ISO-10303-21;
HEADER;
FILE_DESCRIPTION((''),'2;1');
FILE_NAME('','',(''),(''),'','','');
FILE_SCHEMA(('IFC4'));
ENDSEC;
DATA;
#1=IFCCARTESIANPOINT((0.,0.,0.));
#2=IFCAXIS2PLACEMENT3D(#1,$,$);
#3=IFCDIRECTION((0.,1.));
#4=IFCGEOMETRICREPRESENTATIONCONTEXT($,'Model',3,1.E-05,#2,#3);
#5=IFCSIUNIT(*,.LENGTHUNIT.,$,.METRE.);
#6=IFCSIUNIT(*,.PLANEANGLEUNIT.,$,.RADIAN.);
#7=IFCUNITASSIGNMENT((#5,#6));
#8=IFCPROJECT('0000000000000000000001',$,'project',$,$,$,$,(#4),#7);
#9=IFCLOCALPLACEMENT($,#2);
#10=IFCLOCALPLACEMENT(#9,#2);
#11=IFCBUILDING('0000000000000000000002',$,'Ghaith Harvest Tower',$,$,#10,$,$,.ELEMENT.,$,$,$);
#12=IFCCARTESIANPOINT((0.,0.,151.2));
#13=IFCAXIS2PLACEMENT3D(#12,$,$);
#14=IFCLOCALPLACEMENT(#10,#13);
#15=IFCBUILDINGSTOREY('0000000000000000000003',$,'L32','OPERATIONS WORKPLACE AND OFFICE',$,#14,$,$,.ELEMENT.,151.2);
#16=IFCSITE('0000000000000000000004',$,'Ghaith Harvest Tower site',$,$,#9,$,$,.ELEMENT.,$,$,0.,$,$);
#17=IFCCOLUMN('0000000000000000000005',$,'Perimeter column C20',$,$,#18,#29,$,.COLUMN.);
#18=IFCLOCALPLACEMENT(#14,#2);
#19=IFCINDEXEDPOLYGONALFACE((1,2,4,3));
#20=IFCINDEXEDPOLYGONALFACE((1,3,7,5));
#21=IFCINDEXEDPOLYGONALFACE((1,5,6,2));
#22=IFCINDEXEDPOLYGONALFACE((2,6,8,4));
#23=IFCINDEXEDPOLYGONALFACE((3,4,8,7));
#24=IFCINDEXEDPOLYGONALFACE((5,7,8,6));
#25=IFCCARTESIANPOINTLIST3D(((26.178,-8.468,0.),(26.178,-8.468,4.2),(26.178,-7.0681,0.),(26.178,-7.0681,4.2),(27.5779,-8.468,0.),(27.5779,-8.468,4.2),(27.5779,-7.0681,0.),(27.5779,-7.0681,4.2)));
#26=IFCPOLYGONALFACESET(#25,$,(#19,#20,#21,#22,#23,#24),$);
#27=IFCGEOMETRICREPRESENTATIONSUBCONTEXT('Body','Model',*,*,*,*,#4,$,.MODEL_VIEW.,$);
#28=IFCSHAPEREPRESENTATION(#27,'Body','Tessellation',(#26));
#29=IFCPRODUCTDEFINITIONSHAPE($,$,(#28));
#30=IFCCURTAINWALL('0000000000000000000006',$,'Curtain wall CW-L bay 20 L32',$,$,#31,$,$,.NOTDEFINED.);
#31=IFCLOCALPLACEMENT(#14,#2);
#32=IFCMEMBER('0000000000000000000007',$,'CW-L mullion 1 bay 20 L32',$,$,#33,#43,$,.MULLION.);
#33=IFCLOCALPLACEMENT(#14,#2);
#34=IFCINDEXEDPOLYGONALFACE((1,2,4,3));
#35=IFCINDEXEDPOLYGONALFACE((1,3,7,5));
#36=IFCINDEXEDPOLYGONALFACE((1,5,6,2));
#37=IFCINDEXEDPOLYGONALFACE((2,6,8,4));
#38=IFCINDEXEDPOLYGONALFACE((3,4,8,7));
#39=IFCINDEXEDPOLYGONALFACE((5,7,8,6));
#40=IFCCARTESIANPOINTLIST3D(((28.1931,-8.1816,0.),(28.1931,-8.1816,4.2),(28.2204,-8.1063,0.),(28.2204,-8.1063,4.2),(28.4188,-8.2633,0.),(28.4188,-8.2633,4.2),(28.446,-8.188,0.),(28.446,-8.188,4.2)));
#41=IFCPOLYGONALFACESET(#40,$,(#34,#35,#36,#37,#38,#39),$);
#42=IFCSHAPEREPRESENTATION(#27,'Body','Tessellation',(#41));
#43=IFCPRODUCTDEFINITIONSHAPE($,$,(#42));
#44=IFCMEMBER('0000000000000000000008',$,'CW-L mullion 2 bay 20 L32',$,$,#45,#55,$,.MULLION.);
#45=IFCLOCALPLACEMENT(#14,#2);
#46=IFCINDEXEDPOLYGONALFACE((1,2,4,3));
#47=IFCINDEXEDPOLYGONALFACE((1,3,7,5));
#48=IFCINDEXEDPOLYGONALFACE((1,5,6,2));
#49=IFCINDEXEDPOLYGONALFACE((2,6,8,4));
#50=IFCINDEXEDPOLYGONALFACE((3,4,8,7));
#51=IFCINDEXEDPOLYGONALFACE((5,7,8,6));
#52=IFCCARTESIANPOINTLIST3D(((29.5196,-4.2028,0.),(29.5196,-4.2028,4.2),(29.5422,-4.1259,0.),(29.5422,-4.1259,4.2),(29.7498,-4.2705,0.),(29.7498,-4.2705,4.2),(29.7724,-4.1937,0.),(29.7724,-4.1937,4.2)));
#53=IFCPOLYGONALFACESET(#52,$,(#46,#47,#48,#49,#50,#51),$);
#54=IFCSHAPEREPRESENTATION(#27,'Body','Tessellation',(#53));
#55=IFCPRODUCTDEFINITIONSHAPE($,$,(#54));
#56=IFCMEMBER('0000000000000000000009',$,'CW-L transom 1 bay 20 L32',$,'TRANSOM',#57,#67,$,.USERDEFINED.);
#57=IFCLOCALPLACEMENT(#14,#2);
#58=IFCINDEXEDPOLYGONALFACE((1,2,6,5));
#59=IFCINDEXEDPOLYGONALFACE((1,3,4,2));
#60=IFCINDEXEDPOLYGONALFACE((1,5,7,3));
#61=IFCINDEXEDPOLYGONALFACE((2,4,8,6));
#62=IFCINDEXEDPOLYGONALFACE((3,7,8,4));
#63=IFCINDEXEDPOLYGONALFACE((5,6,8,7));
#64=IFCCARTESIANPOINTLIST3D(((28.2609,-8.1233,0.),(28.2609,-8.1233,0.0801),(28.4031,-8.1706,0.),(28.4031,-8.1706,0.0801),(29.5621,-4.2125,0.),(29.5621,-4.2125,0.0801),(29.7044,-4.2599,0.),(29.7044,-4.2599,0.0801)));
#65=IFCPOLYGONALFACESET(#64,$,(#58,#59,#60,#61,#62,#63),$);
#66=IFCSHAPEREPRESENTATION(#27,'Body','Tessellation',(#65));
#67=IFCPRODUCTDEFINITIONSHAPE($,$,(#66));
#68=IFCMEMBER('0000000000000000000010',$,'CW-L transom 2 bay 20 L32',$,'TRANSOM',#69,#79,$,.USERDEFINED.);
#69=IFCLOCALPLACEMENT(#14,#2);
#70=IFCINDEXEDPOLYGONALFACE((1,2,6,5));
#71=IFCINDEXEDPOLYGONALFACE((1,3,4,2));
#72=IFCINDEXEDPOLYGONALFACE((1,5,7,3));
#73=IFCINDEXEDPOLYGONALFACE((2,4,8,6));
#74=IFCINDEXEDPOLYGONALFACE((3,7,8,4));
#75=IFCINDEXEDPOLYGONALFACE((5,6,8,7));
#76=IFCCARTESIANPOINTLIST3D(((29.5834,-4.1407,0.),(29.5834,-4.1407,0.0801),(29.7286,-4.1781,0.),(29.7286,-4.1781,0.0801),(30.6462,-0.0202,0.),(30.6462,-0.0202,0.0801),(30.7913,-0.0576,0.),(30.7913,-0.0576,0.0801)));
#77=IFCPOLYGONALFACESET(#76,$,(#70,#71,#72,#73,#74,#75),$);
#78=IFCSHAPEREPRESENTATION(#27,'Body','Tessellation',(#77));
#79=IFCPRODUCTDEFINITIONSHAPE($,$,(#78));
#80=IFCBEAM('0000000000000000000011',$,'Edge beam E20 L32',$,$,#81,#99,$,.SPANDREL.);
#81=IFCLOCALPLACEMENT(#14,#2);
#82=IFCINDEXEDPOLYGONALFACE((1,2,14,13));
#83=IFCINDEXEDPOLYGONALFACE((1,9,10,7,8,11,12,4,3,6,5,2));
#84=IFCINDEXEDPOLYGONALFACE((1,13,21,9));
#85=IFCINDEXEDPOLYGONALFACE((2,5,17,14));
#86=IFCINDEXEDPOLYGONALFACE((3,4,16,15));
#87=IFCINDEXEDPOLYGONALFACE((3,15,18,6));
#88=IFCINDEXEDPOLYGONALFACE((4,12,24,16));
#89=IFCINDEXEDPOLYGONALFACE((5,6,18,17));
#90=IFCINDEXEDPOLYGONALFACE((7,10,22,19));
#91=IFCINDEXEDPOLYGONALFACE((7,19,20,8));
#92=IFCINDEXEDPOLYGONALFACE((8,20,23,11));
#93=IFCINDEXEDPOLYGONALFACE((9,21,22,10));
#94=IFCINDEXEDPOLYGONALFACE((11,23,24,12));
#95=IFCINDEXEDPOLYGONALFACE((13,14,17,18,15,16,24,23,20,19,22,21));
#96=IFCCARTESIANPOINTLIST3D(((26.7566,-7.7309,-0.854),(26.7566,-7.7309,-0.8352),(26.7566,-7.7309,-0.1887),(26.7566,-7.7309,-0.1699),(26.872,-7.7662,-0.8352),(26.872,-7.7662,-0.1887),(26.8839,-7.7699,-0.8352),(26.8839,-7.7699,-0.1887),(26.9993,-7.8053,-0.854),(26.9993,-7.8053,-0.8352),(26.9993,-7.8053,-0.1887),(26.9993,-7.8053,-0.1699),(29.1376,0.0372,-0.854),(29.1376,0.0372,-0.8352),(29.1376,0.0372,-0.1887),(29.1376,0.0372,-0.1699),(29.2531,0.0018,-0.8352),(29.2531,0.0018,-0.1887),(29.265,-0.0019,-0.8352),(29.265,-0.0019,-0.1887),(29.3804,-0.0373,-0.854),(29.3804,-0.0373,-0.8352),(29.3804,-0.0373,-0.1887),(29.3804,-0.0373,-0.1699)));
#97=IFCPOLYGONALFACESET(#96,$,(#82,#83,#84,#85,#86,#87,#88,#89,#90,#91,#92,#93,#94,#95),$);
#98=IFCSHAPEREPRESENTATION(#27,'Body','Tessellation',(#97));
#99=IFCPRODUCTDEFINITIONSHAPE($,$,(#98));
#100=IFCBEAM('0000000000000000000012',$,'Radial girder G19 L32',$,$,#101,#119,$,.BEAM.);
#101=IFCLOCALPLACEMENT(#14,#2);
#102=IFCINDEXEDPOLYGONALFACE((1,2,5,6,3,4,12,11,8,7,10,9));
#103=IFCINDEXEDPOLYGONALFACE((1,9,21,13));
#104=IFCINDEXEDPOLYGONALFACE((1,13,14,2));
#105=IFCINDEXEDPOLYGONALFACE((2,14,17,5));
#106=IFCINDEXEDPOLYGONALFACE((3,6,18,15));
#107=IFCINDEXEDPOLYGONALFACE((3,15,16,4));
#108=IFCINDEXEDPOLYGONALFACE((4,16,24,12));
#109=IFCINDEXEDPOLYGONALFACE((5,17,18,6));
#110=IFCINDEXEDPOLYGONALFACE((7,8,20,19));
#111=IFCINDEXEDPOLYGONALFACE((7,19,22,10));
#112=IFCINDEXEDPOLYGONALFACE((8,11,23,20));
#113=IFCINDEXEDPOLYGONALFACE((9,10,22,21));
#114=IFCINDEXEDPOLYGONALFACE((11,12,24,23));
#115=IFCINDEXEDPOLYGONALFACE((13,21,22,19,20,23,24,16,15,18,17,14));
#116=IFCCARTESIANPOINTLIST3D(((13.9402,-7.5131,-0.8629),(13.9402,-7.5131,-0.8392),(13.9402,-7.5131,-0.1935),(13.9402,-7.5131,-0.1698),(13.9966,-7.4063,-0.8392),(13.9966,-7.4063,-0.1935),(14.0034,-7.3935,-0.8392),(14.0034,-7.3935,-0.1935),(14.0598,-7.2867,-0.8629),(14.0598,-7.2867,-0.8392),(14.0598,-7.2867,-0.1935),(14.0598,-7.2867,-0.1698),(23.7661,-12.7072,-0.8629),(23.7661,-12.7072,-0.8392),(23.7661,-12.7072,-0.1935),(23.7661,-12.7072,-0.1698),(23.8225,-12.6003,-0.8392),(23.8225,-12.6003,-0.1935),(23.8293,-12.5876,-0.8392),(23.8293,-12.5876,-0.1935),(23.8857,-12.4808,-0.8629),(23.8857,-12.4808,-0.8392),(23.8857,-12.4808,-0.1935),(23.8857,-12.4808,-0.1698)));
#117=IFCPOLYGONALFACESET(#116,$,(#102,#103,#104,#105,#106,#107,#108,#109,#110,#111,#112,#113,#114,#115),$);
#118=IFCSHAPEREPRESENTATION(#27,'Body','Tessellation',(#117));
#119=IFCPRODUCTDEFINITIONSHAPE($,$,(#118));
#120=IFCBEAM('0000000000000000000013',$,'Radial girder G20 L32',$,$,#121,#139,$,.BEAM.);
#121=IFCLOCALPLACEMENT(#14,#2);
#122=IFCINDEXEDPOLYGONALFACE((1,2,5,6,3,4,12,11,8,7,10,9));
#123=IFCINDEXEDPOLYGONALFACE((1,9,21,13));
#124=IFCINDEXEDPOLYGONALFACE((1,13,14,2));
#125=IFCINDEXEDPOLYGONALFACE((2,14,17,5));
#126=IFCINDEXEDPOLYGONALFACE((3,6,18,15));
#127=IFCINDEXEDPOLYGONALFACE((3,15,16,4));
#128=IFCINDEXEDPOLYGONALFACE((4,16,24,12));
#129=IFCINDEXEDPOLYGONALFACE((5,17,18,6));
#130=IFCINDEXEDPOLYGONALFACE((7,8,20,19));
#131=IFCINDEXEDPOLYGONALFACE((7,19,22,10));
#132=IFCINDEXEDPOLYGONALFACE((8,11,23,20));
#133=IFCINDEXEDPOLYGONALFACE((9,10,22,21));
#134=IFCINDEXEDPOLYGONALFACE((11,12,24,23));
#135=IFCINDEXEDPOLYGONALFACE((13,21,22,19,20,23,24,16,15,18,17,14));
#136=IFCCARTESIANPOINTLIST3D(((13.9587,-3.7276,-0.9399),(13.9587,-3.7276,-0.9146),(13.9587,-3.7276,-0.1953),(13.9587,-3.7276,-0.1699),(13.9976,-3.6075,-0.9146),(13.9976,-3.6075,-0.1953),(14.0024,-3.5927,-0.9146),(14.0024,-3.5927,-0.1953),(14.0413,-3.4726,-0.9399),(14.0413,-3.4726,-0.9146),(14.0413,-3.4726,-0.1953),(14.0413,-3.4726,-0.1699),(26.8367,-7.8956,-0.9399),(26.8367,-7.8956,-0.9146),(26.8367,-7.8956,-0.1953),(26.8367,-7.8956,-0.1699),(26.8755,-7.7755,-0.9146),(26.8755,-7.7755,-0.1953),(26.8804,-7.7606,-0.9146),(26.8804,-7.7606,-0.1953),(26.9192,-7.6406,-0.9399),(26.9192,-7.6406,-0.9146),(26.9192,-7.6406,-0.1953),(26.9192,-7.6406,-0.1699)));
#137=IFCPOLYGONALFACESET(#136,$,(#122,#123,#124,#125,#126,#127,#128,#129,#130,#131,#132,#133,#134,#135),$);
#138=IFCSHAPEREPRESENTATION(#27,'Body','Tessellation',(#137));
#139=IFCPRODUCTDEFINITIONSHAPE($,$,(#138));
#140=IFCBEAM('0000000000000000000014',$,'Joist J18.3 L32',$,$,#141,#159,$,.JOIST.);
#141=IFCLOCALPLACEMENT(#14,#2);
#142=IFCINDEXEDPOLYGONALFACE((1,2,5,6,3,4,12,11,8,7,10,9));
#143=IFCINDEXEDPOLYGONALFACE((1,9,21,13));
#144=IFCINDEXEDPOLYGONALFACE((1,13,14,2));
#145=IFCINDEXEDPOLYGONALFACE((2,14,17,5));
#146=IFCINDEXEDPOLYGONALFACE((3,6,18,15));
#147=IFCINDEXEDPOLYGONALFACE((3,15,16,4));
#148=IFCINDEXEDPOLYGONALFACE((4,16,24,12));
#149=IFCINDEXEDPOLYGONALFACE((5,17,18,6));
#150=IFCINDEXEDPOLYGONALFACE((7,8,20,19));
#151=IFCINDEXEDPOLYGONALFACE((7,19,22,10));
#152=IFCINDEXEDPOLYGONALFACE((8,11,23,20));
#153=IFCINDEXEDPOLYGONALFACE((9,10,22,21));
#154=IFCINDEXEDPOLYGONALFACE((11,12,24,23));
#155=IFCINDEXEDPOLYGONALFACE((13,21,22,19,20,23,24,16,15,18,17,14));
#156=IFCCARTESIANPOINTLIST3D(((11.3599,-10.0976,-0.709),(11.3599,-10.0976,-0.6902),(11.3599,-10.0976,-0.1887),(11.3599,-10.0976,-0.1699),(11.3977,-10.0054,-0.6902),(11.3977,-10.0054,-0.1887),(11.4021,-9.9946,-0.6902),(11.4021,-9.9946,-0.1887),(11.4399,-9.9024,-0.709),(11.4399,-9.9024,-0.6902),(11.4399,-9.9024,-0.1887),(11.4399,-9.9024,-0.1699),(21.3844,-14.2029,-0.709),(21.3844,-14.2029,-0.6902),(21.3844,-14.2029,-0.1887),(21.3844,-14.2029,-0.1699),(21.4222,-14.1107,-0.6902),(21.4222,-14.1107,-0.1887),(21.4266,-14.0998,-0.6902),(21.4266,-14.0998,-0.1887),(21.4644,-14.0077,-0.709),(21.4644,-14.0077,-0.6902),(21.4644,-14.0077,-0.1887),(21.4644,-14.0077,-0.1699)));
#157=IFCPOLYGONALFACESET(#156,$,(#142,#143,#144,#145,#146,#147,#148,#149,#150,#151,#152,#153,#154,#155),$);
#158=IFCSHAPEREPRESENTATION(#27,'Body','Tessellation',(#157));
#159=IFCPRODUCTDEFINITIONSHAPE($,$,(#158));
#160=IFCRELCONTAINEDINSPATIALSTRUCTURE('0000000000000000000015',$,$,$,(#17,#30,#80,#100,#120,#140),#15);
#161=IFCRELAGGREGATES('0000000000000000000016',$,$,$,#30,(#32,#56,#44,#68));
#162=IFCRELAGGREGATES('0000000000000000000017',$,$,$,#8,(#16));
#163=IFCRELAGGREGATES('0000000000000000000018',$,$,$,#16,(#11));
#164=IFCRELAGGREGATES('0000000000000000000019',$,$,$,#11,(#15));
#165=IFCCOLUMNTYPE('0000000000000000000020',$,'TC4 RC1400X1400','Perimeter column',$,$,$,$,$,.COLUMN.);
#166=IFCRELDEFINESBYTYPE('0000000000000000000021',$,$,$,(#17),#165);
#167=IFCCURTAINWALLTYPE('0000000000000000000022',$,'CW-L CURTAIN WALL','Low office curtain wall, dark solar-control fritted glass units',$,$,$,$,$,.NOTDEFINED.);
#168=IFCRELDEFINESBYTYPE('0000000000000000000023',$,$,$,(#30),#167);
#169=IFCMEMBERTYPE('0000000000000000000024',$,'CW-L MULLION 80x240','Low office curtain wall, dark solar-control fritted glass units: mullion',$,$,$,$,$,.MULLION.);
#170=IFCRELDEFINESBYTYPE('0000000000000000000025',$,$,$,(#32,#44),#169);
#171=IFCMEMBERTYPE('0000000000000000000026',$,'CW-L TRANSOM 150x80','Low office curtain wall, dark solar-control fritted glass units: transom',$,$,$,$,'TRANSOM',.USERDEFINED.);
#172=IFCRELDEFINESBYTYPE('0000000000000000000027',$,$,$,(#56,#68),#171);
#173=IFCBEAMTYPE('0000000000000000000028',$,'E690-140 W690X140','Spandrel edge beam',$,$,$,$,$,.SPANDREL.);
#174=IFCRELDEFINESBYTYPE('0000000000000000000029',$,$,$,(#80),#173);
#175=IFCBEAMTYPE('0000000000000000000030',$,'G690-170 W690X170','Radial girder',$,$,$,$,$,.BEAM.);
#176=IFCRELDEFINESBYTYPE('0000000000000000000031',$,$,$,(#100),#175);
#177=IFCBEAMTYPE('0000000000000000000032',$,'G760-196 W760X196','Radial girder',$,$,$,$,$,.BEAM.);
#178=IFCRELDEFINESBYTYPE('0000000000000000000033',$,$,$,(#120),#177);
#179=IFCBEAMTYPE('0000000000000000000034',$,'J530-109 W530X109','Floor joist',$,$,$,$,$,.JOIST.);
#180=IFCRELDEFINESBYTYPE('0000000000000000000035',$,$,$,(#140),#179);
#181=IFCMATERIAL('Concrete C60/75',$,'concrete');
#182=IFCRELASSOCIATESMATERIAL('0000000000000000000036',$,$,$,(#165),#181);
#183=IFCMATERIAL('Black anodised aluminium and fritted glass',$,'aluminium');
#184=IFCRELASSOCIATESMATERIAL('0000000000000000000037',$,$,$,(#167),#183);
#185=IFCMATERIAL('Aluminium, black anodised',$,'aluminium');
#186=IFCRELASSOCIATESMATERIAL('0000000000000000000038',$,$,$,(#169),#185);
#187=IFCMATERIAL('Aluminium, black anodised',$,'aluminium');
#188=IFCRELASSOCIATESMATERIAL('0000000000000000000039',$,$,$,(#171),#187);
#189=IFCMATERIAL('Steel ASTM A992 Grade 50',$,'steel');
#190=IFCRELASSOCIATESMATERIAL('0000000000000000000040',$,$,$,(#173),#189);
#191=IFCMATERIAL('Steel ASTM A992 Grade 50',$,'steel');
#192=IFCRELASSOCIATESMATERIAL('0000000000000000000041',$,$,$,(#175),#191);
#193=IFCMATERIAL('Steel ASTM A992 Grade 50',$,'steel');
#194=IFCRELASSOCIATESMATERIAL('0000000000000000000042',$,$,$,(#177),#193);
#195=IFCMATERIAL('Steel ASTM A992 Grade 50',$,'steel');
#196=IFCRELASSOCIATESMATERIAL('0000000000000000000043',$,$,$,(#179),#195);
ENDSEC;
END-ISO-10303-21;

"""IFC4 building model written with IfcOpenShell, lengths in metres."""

from ifc_helpers import new_model, si_unit, direction, frame, origin, origin_2d, place, context, subcontext, project, spatial, rectangle, i_section, extrude, material, material_profile, profile_set, type_object, element, aggregate, save


model = new_model("IFC4")

# Units and contexts
model_context = context("Model", 3, precision=1e-05, world=origin(), true_north=direction((0.0, 1.0)))
body_context = subcontext(model_context, "Body", "Model", "MODEL_VIEW")
ifc_project = project(units=[si_unit("LENGTHUNIT", "METRE"), si_unit("PLANEANGLEUNIT", "RADIAN")], contexts=[model_context])

# Site, building, storey
site_placement = place(None, origin())
site = spatial("IfcSite", under=ifc_project, at=site_placement, Name="Ghaith Harvest Tower site", CompositionType="ELEMENT", RefElevation=0.0)
building_placement = place(site_placement, origin())
building = spatial("IfcBuilding", under=site, at=building_placement, Name="Ghaith Harvest Tower", CompositionType="ELEMENT")
storey_placement = place(building_placement, frame((0.0, 0.0, 151.2)))
storey = spatial("IfcBuildingStorey", under=building, at=storey_placement, Name="L32", Description="OPERATIONS WORKPLACE AND OFFICE", CompositionType="ELEMENT", Elevation=151.2)

# Column
ifc_material_1 = material(Name="Concrete C60/75", Category="concrete")
ifc_material_profile_1 = material_profile(ifc_material_1, rectangle(XDim=1.3999, YDim=1.3999, at=origin_2d()), Name="RC1400X1400")
ifc_profile_set_1 = profile_set([ifc_material_profile_1], Name="Concrete C60/75")
column_type = type_object("IfcColumnType", Name="TC4 RC1400X1400", Description="Perimeter column", PredefinedType="COLUMN", material=ifc_profile_set_1)
column_placement = place(storey_placement, frame((26.8779, -7.7681, 0.0), z_axis=(0.0, 0.0, 1.0), x_axis=(1.0, 0.0, 0.0)))
element("IfcColumn", 1, at=column_placement, inside=storey, type_object=column_type, Name="Perimeter column C20", PredefinedType="COLUMN", context=body_context, shape_type="SweptSolid", body=[
    extrude(rectangle(XDim=1.3999, YDim=1.3999, at=origin_2d()), origin(), (0.0, 0.0, 1.0), 4.2),
])

# Curtain wall, members
ifc_material_2 = material(Name="Black anodised aluminium and fritted glass", Category="aluminium")
curtain_wall_type = type_object("IfcCurtainWallType", Name="CW-L CURTAIN WALL", Description="Low office curtain wall, dark solar-control fritted glass units", PredefinedType="NOTDEFINED", material=ifc_material_2)
curtain_wall_placement = place(storey_placement, origin())
curtain_wall = element("IfcCurtainWall", 2, at=curtain_wall_placement, inside=storey, type_object=curtain_wall_type, Name="Curtain wall CW-L bay 20 L32", PredefinedType="NOTDEFINED")
ifc_material_3 = material(Name="Aluminium, black anodised", Category="aluminium")
ifc_material_profile_2 = material_profile(ifc_material_3, rectangle(XDim=0.0801, YDim=0.24, at=origin_2d()), Name="CW-L MULLION 80x240")
ifc_profile_set_2 = profile_set([ifc_material_profile_2], Name="Aluminium, black anodised")
member_type_1 = type_object("IfcMemberType", Name="CW-L MULLION 80x240", Description="Low office curtain wall, dark solar-control fritted glass units: mullion", PredefinedType="MULLION", material=ifc_profile_set_2)
member_1_placement = place(storey_placement, frame((28.3196, -8.1848, 0.0), z_axis=(0.0, 0.0, 1.0), x_axis=(0.340574, 0.940218, 0.0)))
member_1 = element("IfcMember", 3, at=member_1_placement, type_object=member_type_1, Name="CW-L mullion 1 bay 20 L32", PredefinedType="MULLION", context=body_context, shape_type="SweptSolid", body=[
    extrude(rectangle(XDim=0.0801, YDim=0.24, at=origin_2d()), origin(), (0.0, 0.0, 1.0), 4.2),
])
member_2_placement = place(storey_placement, frame((29.646, -4.1982, 0.0), z_axis=(0.0, 0.0, 1.0), x_axis=(0.282375, 0.959304, 0.0)))
member_2 = element("IfcMember", 4, at=member_2_placement, type_object=member_type_1, Name="CW-L mullion 2 bay 20 L32", PredefinedType="MULLION", context=body_context, shape_type="SweptSolid", body=[
    extrude(rectangle(XDim=0.0801, YDim=0.24, at=origin_2d()), origin(), (0.0, 0.0, 1.0), 4.2),
])
ifc_material_4 = material(Name="Aluminium, black anodised", Category="aluminium")
ifc_material_profile_3 = material_profile(ifc_material_4, rectangle(XDim=0.1499, YDim=0.0801, at=origin_2d()), Name="CW-L TRANSOM 150x80")
ifc_profile_set_3 = profile_set([ifc_material_profile_3], Name="Aluminium, black anodised")
member_type_2 = type_object("IfcMemberType", Name="CW-L TRANSOM 150x80", Description="Low office curtain wall, dark solar-control fritted glass units: transom", ElementType="TRANSOM", PredefinedType="USERDEFINED", material=ifc_profile_set_3)
member_3_placement = place(storey_placement, frame((28.332, -8.147, 0.04), z_axis=(0.315712, 0.948855, 0.0), x_axis=(-0.948855, 0.315712, 0.0)))
member_3 = element("IfcMember", 5, at=member_3_placement, type_object=member_type_2, Name="CW-L transom 1 bay 20 L32", ObjectType="TRANSOM", PredefinedType="USERDEFINED", context=body_context, shape_type="SweptSolid", body=[
    extrude(rectangle(XDim=0.1499, YDim=0.0801, at=origin_2d()), origin(), (0.0, 0.0, 1.0), 4.1216),
])
member_4_placement = place(storey_placement, frame((29.656, -4.1594, 0.04), z_axis=(0.249737, 0.968314, 0.0), x_axis=(-0.968314, 0.249737, 0.0)))
member_4 = element("IfcMember", 6, at=member_4_placement, type_object=member_type_2, Name="CW-L transom 2 bay 20 L32", ObjectType="TRANSOM", PredefinedType="USERDEFINED", context=body_context, shape_type="SweptSolid", body=[
    extrude(rectangle(XDim=0.1499, YDim=0.0801, at=origin_2d()), origin(), (0.0, 0.0, 1.0), 4.2554),
])

# Beams
ifc_material_5 = material(Name="Steel ASTM A992 Grade 50", Category="steel")
ifc_material_profile_4 = material_profile(ifc_material_5, i_section(OverallWidth=0.2539, OverallDepth=0.6841, WebThickness=0.0125, FlangeThickness=0.0188, at=origin_2d()), Name="W690X140")
ifc_profile_set_4 = profile_set([ifc_material_profile_4], Name="Steel ASTM A992 Grade 50")
beam_type_1 = type_object("IfcBeamType", Name="E690-140 W690X140", Description="Spandrel edge beam", PredefinedType="SPANDREL", material=ifc_profile_set_4)
beam_1_placement = place(storey_placement, frame((26.8779, -7.7681, -0.512), z_axis=(0.293066, 0.956092, 0.0), x_axis=(-0.956092, 0.293066, 0.0)))
element("IfcBeam", 7, at=beam_1_placement, inside=storey, type_object=beam_type_1, Name="Edge beam E20 L32", PredefinedType="SPANDREL", context=body_context, shape_type="SweptSolid", body=[
    extrude(i_section(OverallWidth=0.2539, OverallDepth=0.6841, WebThickness=0.0125, FlangeThickness=0.0188, at=origin_2d()), origin(), (0.0, 0.0, 1.0), 8.1248),
])
ifc_material_6 = material(Name="Steel ASTM A992 Grade 50", Category="steel")
ifc_material_profile_5 = material_profile(ifc_material_6, i_section(OverallWidth=0.2561, OverallDepth=0.6931, WebThickness=0.0144, FlangeThickness=0.0237, at=origin_2d()), Name="W690X170")
ifc_profile_set_5 = profile_set([ifc_material_profile_5], Name="Steel ASTM A992 Grade 50")
beam_type_2 = type_object("IfcBeamType", Name="G690-170 W690X170", Description="Radial girder", PredefinedType="BEAM", material=ifc_profile_set_5)
beam_2_placement = place(storey_placement, frame((14.0, -7.3999, -0.5164), z_axis=(0.884081, -0.467335, 0.0), x_axis=(0.467335, 0.884081, 0.0)))
element("IfcBeam", 8, at=beam_2_placement, inside=storey, type_object=beam_type_2, Name="Radial girder G19 L32", PredefinedType="BEAM", context=body_context, shape_type="SweptSolid", body=[
    extrude(i_section(OverallWidth=0.2561, OverallDepth=0.6931, WebThickness=0.0144, FlangeThickness=0.0237, at=origin_2d()), origin(), (0.0, 0.0, 1.0), 11.1143),
])
ifc_material_7 = material(Name="Steel ASTM A992 Grade 50", Category="steel")
ifc_material_profile_6 = material_profile(ifc_material_7, i_section(OverallWidth=0.2681, OverallDepth=0.77, WebThickness=0.0156, FlangeThickness=0.0254, at=origin_2d()), Name="W760X196")
ifc_profile_set_6 = profile_set([ifc_material_profile_6], Name="Steel ASTM A992 Grade 50")
beam_type_3 = type_object("IfcBeamType", Name="G760-196 W760X196", Description="Radial girder", PredefinedType="BEAM", material=ifc_profile_set_6)
beam_3_placement = place(storey_placement, frame((14.0, -3.6001, -0.5549), z_axis=(0.95141, -0.307926, 0.0), x_axis=(0.307926, 0.95141, 0.0)))
element("IfcBeam", 9, at=beam_3_placement, inside=storey, type_object=beam_type_3, Name="Radial girder G20 L32", PredefinedType="BEAM", context=body_context, shape_type="SweptSolid", body=[
    extrude(i_section(OverallWidth=0.2681, OverallDepth=0.77, WebThickness=0.0156, FlangeThickness=0.0254, at=origin_2d()), origin(), (0.0, 0.0, 1.0), 13.5356),
])
ifc_material_8 = material(Name="Steel ASTM A992 Grade 50", Category="steel")
ifc_material_profile_7 = material_profile(ifc_material_8, i_section(OverallWidth=0.2109, OverallDepth=0.5391, WebThickness=0.0117, FlangeThickness=0.0188, at=origin_2d()), Name="W530X109")
ifc_profile_set_7 = profile_set([ifc_material_profile_7], Name="Steel ASTM A992 Grade 50")
beam_type_4 = type_object("IfcBeamType", Name="J530-109 W530X109", Description="Floor joist", PredefinedType="JOIST", material=ifc_profile_set_7)
beam_4_placement = place(storey_placement, frame((11.3999, -10.0, -0.4395), z_axis=(0.925407, -0.378975, 0.0), x_axis=(0.378975, 0.925407, 0.0)))
element("IfcBeam", 10, at=beam_4_placement, inside=storey, type_object=beam_type_4, Name="Joist J18.3 L32", PredefinedType="JOIST", context=body_context, shape_type="SweptSolid", body=[
    extrude(i_section(OverallWidth=0.2109, OverallDepth=0.5391, WebThickness=0.0117, FlangeThickness=0.0188, at=origin_2d()), origin(), (0.0, 0.0, 1.0), 10.8325),
])

aggregate(curtain_wall, [member_1, member_3, member_2, member_4])

save(model, "model.ifc")
